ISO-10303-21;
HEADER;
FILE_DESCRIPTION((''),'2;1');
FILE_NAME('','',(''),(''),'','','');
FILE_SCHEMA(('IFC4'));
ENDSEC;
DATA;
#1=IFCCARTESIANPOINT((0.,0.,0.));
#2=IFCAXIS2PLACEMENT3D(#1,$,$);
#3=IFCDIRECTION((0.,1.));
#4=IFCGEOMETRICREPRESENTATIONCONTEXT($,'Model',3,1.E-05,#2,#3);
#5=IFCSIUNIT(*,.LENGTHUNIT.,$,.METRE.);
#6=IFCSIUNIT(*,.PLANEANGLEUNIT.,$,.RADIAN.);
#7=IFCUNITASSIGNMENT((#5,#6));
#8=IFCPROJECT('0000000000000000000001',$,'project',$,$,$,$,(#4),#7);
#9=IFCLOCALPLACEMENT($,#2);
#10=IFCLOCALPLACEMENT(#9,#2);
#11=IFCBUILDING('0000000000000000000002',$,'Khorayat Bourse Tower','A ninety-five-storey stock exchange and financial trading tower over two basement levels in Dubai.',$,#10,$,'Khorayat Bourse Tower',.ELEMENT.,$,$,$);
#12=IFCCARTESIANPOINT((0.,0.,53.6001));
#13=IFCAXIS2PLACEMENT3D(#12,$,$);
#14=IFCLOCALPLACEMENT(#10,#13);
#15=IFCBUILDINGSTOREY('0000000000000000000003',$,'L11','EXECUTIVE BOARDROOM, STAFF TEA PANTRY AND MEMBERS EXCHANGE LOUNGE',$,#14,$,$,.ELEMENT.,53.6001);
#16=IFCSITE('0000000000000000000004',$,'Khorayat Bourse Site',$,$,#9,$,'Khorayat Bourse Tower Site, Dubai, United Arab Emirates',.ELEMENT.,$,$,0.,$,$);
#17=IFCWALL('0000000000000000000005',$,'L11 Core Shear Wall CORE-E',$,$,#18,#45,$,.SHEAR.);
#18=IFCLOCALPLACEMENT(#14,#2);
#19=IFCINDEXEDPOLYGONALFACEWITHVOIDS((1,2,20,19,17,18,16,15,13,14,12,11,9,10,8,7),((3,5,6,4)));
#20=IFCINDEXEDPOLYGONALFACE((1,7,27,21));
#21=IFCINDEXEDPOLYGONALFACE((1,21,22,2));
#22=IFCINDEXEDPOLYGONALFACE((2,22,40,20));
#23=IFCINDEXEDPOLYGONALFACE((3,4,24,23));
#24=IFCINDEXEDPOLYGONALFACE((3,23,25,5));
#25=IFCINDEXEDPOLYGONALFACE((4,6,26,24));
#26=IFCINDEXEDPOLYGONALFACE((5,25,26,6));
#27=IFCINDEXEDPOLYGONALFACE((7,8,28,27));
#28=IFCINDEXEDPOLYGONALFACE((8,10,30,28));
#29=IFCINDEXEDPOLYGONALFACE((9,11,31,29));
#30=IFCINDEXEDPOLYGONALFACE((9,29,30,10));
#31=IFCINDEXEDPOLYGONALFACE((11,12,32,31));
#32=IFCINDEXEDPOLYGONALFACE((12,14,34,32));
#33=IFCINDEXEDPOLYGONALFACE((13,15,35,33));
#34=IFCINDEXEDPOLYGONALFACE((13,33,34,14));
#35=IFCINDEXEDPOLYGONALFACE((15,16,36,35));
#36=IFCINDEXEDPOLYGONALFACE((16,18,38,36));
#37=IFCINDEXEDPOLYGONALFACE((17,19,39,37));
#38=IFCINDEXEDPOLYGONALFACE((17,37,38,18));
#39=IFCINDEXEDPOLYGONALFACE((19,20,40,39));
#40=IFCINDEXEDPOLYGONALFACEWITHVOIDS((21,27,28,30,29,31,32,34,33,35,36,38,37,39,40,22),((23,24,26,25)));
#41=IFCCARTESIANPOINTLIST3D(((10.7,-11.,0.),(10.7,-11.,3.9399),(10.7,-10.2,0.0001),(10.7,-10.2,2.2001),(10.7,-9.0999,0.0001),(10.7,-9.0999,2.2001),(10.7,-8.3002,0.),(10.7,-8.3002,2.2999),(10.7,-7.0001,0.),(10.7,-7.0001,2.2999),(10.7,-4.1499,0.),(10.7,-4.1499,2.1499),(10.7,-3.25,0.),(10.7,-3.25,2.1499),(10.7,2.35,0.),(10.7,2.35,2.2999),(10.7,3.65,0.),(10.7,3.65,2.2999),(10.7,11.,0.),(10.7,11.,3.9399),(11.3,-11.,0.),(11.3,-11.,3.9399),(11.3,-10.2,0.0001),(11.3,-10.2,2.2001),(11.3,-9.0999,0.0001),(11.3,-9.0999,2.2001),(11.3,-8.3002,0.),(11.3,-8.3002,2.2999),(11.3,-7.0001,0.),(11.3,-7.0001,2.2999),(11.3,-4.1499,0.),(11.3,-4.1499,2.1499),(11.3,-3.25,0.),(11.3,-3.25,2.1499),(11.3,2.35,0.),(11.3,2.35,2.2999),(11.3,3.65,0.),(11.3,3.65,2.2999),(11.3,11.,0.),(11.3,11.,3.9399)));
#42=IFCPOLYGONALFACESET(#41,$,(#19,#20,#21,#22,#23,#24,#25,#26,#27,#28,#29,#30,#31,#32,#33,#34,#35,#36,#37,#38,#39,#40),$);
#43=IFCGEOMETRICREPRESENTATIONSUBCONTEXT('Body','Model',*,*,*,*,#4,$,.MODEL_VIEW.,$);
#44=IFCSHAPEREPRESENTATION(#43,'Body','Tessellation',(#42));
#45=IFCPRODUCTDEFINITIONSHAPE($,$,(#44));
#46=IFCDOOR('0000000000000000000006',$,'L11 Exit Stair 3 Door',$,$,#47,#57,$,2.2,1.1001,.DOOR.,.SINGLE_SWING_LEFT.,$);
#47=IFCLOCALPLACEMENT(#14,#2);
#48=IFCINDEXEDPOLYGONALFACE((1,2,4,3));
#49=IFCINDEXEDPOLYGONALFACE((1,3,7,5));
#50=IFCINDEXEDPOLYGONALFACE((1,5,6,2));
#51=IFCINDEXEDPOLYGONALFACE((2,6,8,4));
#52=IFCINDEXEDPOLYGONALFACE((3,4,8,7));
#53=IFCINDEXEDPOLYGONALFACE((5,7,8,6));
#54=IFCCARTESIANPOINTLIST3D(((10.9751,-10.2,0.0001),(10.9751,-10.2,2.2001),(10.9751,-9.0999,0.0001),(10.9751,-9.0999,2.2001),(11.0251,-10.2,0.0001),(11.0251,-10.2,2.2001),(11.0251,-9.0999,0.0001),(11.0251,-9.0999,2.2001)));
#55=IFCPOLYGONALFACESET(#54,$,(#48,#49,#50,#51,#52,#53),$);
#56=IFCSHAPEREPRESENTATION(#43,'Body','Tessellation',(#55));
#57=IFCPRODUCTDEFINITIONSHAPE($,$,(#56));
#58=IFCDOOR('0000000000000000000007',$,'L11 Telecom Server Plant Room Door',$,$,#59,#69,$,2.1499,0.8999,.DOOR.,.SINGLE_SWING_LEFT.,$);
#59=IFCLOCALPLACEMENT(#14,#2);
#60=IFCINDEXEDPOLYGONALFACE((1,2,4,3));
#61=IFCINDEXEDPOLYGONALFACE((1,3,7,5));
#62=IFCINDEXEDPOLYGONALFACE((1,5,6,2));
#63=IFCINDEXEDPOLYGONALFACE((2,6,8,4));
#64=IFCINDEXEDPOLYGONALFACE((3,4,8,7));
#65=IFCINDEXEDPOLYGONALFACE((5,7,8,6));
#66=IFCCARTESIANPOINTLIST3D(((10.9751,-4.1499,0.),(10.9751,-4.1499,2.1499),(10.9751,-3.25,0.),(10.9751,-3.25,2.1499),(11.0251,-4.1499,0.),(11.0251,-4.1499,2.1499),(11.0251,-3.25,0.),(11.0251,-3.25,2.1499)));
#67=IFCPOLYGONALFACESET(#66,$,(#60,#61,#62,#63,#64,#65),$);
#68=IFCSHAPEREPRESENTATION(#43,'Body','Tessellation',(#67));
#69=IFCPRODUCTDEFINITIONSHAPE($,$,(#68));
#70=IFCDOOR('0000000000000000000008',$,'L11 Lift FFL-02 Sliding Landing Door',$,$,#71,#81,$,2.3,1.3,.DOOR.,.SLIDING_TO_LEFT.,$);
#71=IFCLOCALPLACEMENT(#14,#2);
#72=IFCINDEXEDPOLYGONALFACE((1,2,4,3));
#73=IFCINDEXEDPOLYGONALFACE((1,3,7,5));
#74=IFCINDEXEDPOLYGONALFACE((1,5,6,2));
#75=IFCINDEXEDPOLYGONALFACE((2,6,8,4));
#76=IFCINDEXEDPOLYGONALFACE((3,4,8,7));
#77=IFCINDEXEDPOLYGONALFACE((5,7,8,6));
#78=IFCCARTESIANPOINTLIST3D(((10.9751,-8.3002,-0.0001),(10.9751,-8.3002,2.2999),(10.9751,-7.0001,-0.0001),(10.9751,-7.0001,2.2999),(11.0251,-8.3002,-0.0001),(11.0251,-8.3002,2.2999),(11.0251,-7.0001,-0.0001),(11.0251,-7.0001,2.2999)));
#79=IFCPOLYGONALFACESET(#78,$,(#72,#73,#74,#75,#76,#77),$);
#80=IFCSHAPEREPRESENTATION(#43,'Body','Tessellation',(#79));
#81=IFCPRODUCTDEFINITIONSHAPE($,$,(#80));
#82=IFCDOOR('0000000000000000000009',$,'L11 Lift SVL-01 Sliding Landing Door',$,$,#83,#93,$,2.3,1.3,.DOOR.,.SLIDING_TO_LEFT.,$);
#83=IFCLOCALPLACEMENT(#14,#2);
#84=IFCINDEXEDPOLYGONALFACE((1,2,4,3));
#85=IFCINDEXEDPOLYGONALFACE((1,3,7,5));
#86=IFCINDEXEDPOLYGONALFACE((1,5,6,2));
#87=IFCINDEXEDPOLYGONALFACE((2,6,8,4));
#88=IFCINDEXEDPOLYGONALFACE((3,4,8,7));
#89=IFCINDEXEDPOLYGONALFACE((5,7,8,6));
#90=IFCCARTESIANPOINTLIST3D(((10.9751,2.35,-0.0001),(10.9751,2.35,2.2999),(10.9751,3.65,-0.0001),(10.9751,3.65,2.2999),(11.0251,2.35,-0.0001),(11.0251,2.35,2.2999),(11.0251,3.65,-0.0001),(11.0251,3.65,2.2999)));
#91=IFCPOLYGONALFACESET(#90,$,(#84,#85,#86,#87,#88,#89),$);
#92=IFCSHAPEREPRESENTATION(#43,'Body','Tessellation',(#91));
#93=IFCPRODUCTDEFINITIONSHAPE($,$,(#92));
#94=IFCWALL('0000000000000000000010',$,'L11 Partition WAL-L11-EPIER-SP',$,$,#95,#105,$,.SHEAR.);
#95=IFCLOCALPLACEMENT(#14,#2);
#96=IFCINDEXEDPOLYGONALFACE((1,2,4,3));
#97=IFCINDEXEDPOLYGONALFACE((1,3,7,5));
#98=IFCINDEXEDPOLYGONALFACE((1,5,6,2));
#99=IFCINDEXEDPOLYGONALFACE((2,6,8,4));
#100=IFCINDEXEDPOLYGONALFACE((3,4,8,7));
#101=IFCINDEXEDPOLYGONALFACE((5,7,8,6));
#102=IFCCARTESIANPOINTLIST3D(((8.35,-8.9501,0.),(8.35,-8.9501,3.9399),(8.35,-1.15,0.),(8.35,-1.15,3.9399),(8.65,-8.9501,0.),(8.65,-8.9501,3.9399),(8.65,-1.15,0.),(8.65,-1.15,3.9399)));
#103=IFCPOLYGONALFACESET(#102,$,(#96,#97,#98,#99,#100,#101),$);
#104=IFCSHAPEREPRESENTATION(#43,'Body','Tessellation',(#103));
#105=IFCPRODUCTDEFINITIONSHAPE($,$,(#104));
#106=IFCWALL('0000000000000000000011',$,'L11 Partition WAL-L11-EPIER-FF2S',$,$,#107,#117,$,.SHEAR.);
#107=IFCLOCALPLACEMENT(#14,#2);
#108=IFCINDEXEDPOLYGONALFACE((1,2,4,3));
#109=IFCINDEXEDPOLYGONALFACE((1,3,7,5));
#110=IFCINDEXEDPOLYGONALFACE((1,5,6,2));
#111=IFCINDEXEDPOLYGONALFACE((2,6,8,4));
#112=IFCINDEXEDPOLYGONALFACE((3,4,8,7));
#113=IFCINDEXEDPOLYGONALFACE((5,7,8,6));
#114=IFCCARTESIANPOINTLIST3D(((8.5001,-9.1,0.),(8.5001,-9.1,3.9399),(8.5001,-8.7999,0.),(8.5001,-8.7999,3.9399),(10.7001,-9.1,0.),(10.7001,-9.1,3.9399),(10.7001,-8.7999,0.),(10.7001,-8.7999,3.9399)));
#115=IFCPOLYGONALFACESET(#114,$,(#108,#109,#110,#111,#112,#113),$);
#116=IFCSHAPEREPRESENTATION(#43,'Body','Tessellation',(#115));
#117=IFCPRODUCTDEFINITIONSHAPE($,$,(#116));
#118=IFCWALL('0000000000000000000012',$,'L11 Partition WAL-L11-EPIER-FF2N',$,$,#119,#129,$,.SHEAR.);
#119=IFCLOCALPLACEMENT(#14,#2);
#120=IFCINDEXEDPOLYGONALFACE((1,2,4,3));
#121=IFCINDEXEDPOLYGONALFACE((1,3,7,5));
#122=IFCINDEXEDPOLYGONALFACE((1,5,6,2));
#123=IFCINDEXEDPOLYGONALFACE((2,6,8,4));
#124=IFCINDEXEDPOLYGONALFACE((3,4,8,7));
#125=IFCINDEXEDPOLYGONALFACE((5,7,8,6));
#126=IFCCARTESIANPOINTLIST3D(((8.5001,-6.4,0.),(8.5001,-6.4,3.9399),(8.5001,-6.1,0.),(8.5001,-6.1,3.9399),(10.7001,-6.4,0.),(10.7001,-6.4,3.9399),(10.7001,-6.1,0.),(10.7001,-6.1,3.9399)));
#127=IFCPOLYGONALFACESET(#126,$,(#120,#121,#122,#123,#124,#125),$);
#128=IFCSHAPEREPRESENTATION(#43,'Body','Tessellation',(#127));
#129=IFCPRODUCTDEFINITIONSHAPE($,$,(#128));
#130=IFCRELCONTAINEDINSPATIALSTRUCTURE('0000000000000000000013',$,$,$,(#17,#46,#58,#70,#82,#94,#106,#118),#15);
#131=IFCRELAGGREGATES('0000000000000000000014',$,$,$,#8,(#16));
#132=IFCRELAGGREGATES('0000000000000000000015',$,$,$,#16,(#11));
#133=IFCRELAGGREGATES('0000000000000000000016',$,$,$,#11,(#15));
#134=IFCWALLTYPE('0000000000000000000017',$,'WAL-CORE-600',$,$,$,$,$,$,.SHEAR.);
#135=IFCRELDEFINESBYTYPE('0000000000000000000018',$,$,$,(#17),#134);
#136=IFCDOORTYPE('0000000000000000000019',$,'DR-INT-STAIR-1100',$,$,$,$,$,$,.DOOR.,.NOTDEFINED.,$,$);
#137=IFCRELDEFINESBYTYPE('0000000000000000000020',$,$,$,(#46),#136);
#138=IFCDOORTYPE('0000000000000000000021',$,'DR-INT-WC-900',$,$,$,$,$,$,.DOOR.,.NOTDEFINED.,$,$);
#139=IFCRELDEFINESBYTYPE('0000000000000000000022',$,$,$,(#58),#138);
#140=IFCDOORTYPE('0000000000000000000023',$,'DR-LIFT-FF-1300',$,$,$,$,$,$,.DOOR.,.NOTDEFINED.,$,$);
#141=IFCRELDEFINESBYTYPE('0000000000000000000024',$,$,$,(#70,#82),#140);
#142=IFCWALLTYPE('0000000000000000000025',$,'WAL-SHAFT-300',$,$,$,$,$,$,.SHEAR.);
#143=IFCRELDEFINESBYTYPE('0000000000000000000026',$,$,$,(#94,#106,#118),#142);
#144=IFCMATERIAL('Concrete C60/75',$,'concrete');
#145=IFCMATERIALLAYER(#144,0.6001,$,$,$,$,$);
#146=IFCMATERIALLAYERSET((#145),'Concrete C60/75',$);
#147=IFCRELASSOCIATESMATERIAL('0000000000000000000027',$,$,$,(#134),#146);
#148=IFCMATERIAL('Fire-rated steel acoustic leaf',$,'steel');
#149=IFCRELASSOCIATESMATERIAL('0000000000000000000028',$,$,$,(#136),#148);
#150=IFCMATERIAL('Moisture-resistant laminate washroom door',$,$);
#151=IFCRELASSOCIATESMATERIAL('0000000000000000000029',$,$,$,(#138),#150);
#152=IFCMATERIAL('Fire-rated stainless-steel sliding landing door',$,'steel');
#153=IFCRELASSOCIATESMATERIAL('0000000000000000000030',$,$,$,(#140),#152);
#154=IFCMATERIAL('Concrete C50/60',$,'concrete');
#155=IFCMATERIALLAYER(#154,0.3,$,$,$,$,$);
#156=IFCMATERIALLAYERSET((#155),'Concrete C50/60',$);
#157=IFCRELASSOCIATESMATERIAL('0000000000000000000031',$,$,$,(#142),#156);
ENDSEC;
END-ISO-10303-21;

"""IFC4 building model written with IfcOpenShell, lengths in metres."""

from ifc_helpers import new_model, si_unit, direction, frame, frame_2d, origin, place, context, subcontext, project, spatial, rectangle, extrude, source, transform, mapped, material, layer, layer_set, type_object, element, fill, save


model = new_model("IFC4")

# Units and contexts
model_context = context("Model", 3, precision=1e-05, world=origin(), true_north=direction((0.0, 1.0)))
body_context = subcontext(model_context, "Body", "Model", "MODEL_VIEW")
ifc_project = project(units=[si_unit("LENGTHUNIT", "METRE"), si_unit("PLANEANGLEUNIT", "RADIAN")], contexts=[model_context])

# Site, building, storey
site_placement = place(None, origin())
site = spatial("IfcSite", under=ifc_project, at=site_placement, Name="Khorayat Bourse Site", LongName="Khorayat Bourse Tower Site, Dubai, United Arab Emirates", CompositionType="ELEMENT", RefElevation=0.0)
building_placement = place(site_placement, origin())
building = spatial("IfcBuilding", under=site, at=building_placement, Name="Khorayat Bourse Tower", Description="A ninety-five-storey stock exchange and financial trading tower over two basement levels in Dubai.", LongName="Khorayat Bourse Tower", CompositionType="ELEMENT")
storey_placement = place(building_placement, frame((0.0, 0.0, 53.6001)))
storey = spatial("IfcBuildingStorey", under=building, at=storey_placement, Name="L11", Description="EXECUTIVE BOARDROOM, STAFF TEA PANTRY AND MEMBERS EXCHANGE LOUNGE", CompositionType="ELEMENT", Elevation=53.6001)

# Wall, openings, doors
ifc_material_1 = material(Name="Concrete C60/75", Category="concrete")
ifc_layer_1 = layer(ifc_material_1, 0.6001)
ifc_layer_set_1 = layer_set([ifc_layer_1], Name="Concrete C60/75")
wall_type_1 = type_object("IfcWallType", Name="WAL-CORE-600", PredefinedType="SHEAR", material=ifc_layer_set_1)
shared_shape_1 = source(origin(), body_context, "Body", "SweptSolid", [
    extrude(rectangle(XDim=22.0, YDim=0.6001, at=frame_2d((11.0, 0.0))), origin(), (0.0, 0.0, 1.0), 3.9399),
])
wall_1_placement = place(storey_placement, frame((11.0, -11.0, 0.0), z_axis=(0.0, 0.0, 1.0), x_axis=(0.0, 1.0, 0.0)))
wall_1 = element("IfcWall", 1, at=wall_1_placement, inside=storey, type_object=wall_type_1, Name="L11 Core Shear Wall CORE-E", PredefinedType="SHEAR", context=body_context, shape_type="MappedRepresentation", body=[
    mapped(shared_shape_1, transform((0.0, 0.0, 0.0), scale=1.0)),
])
shared_shape_2 = source(origin(), body_context, "Body", "SweptSolid", [
    extrude(rectangle(XDim=1.1001, YDim=2.2, at=frame_2d((0.55, 1.1001))), frame((0.0, 0.3101, 0.0), z_axis=(0.0, -1.0, 0.0), x_axis=(1.0, 0.0, 0.0)), (0.0, 0.0, 1.0), 0.6201),
])
opening_1_placement = place(wall_1_placement, frame((0.8, 0.0, 0.0)))
opening_1 = element("IfcOpeningElement", 2, at=opening_1_placement, cuts=wall_1, PredefinedType="OPENING", context=body_context, shape_type="MappedRepresentation", body=[
    mapped(shared_shape_2, transform((0.0, 0.0, 0.0), scale=1.0)),
])
shared_shape_3 = source(origin(), body_context, "Body", "SweptSolid", [
    extrude(rectangle(XDim=0.8999, YDim=2.1499, at=frame_2d((0.45, 1.075))), frame((0.0, 0.3101, 0.0), z_axis=(0.0, -1.0, 0.0), x_axis=(1.0, 0.0, 0.0)), (0.0, 0.0, 1.0), 0.6201),
])
opening_2_placement = place(wall_1_placement, frame((6.8501, 0.0, 0.0)))
opening_2 = element("IfcOpeningElement", 3, at=opening_2_placement, cuts=wall_1, PredefinedType="OPENING", context=body_context, shape_type="MappedRepresentation", body=[
    mapped(shared_shape_3, transform((0.0, 0.0, 0.0), scale=1.0)),
])
shared_shape_4 = source(origin(), body_context, "Body", "SweptSolid", [
    extrude(rectangle(XDim=1.3, YDim=2.3, at=frame_2d((0.6499, 1.1499))), frame((0.0, 0.3101, 0.0), z_axis=(0.0, -1.0, 0.0), x_axis=(1.0, 0.0, 0.0)), (0.0, 0.0, 1.0), 0.6201),
])
opening_3_placement = place(wall_1_placement, frame((2.7, 0.0, 0.0)))
opening_3 = element("IfcOpeningElement", 4, at=opening_3_placement, cuts=wall_1, PredefinedType="OPENING", context=body_context, shape_type="MappedRepresentation", body=[
    mapped(shared_shape_4, transform((0.0, 0.0, 0.0), scale=1.0)),
])
opening_4_placement = place(wall_1_placement, frame((13.3501, 0.0, 0.0)))
opening_4 = element("IfcOpeningElement", 5, at=opening_4_placement, cuts=wall_1, PredefinedType="OPENING", context=body_context, shape_type="MappedRepresentation", body=[
    mapped(shared_shape_4, transform((0.0, 0.0, 0.0), scale=1.0)),
])
ifc_material_2 = material(Name="Fire-rated steel acoustic leaf", Category="steel")
door_type_1 = type_object("IfcDoorType", Name="DR-INT-STAIR-1100", OperationType="NOTDEFINED", PredefinedType="DOOR", material=ifc_material_2)
shared_shape_5 = source(origin(), body_context, "Body", "SweptSolid", [
    extrude(rectangle(XDim=1.1001, YDim=2.2, at=frame_2d((0.55, 1.1001))), frame((0.0, 0.0249, 0.0), z_axis=(0.0, -1.0, 0.0), x_axis=(1.0, 0.0, 0.0)), (0.0, 0.0, 1.0), 0.05),
])
door_1_placement = place(opening_1_placement, origin())
door_1 = element("IfcDoor", 6, at=door_1_placement, inside=storey, type_object=door_type_1, Name="L11 Exit Stair 3 Door", OperationType="SINGLE_SWING_LEFT", OverallHeight=2.2, OverallWidth=1.1001, PredefinedType="DOOR", context=body_context, shape_type="MappedRepresentation", body=[
    mapped(shared_shape_5, transform((0.0, 0.0, 0.0), scale=1.0)),
])
fill(opening_1, door_1)
ifc_material_3 = material(Name="Moisture-resistant laminate washroom door")
door_type_2 = type_object("IfcDoorType", Name="DR-INT-WC-900", OperationType="NOTDEFINED", PredefinedType="DOOR", material=ifc_material_3)
shared_shape_6 = source(origin(), body_context, "Body", "SweptSolid", [
    extrude(rectangle(XDim=0.8999, YDim=2.1499, at=frame_2d((0.45, 1.075))), frame((0.0, 0.0249, 0.0), z_axis=(0.0, -1.0, 0.0), x_axis=(1.0, 0.0, 0.0)), (0.0, 0.0, 1.0), 0.05),
])
door_2_placement = place(opening_2_placement, origin())
door_2 = element("IfcDoor", 7, at=door_2_placement, inside=storey, type_object=door_type_2, Name="L11 Telecom Server Plant Room Door", OperationType="SINGLE_SWING_LEFT", OverallHeight=2.1499, OverallWidth=0.8999, PredefinedType="DOOR", context=body_context, shape_type="MappedRepresentation", body=[
    mapped(shared_shape_6, transform((0.0, 0.0, 0.0), scale=1.0)),
])
fill(opening_2, door_2)
ifc_material_4 = material(Name="Fire-rated stainless-steel sliding landing door", Category="steel")
door_type_3 = type_object("IfcDoorType", Name="DR-LIFT-FF-1300", OperationType="NOTDEFINED", PredefinedType="DOOR", material=ifc_material_4)
shared_shape_7 = source(origin(), body_context, "Body", "SweptSolid", [
    extrude(rectangle(XDim=1.3, YDim=2.3, at=frame_2d((0.6499, 1.1499))), frame((0.0, 0.0249, 0.0), z_axis=(0.0, -1.0, 0.0), x_axis=(1.0, 0.0, 0.0)), (0.0, 0.0, 1.0), 0.05),
])
door_3_placement = place(opening_3_placement, origin())
door_3 = element("IfcDoor", 8, at=door_3_placement, inside=storey, type_object=door_type_3, Name="L11 Lift FFL-02 Sliding Landing Door", OperationType="SLIDING_TO_LEFT", OverallHeight=2.3, OverallWidth=1.3, PredefinedType="DOOR", context=body_context, shape_type="MappedRepresentation", body=[
    mapped(shared_shape_7, transform((0.0, 0.0, 0.0), scale=1.0)),
])
fill(opening_3, door_3)
door_4_placement = place(opening_4_placement, origin())
door_4 = element("IfcDoor", 9, at=door_4_placement, inside=storey, type_object=door_type_3, Name="L11 Lift SVL-01 Sliding Landing Door", OperationType="SLIDING_TO_LEFT", OverallHeight=2.3, OverallWidth=1.3, PredefinedType="DOOR", context=body_context, shape_type="MappedRepresentation", body=[
    mapped(shared_shape_7, transform((0.0, 0.0, 0.0), scale=1.0)),
])
fill(opening_4, door_4)

# Walls
ifc_material_5 = material(Name="Concrete C50/60", Category="concrete")
ifc_layer_2 = layer(ifc_material_5, 0.3)
ifc_layer_set_2 = layer_set([ifc_layer_2], Name="Concrete C50/60")
wall_type_2 = type_object("IfcWallType", Name="WAL-SHAFT-300", PredefinedType="SHEAR", material=ifc_layer_set_2)
shared_shape_8 = source(origin(), body_context, "Body", "SweptSolid", [
    extrude(rectangle(XDim=7.8, YDim=0.3, at=frame_2d((3.8999, 0.0))), origin(), (0.0, 0.0, 1.0), 3.9399),
])
wall_2_placement = place(storey_placement, frame((8.5, -8.95, 0.0), z_axis=(0.0, 0.0, 1.0), x_axis=(0.0, 1.0, 0.0)))
element("IfcWall", 10, at=wall_2_placement, inside=storey, type_object=wall_type_2, Name="L11 Partition WAL-L11-EPIER-SP", PredefinedType="SHEAR", context=body_context, shape_type="MappedRepresentation", body=[
    mapped(shared_shape_8, transform((0.0, 0.0, 0.0), scale=1.0)),
])
shared_shape_9 = source(origin(), body_context, "Body", "SweptSolid", [
    extrude(rectangle(XDim=2.2, YDim=0.3, at=frame_2d((1.1001, 0.0))), origin(), (0.0, 0.0, 1.0), 3.9399),
])
for number, where, z_axis, x_axis, name in (
    (11, (8.5, -8.95, 0.0), (0.0, 0.0, 1.0), (1.0, 0.0, 0.0), "L11 Partition WAL-L11-EPIER-FF2S"),
    (12, (8.5, -6.25, 0.0), (0.0, 0.0, 1.0), (1.0, 0.0, 0.0), "L11 Partition WAL-L11-EPIER-FF2N"),
):
    element("IfcWall", number, at=place(storey_placement, frame(where, z_axis=z_axis, x_axis=x_axis)), inside=storey, type_object=wall_type_2, Name=name, PredefinedType="SHEAR", context=body_context, shape_type="MappedRepresentation", body=[
        mapped(shared_shape_9, transform((0.0, 0.0, 0.0), scale=1.0)),
    ])

save(model, "model.ifc")
